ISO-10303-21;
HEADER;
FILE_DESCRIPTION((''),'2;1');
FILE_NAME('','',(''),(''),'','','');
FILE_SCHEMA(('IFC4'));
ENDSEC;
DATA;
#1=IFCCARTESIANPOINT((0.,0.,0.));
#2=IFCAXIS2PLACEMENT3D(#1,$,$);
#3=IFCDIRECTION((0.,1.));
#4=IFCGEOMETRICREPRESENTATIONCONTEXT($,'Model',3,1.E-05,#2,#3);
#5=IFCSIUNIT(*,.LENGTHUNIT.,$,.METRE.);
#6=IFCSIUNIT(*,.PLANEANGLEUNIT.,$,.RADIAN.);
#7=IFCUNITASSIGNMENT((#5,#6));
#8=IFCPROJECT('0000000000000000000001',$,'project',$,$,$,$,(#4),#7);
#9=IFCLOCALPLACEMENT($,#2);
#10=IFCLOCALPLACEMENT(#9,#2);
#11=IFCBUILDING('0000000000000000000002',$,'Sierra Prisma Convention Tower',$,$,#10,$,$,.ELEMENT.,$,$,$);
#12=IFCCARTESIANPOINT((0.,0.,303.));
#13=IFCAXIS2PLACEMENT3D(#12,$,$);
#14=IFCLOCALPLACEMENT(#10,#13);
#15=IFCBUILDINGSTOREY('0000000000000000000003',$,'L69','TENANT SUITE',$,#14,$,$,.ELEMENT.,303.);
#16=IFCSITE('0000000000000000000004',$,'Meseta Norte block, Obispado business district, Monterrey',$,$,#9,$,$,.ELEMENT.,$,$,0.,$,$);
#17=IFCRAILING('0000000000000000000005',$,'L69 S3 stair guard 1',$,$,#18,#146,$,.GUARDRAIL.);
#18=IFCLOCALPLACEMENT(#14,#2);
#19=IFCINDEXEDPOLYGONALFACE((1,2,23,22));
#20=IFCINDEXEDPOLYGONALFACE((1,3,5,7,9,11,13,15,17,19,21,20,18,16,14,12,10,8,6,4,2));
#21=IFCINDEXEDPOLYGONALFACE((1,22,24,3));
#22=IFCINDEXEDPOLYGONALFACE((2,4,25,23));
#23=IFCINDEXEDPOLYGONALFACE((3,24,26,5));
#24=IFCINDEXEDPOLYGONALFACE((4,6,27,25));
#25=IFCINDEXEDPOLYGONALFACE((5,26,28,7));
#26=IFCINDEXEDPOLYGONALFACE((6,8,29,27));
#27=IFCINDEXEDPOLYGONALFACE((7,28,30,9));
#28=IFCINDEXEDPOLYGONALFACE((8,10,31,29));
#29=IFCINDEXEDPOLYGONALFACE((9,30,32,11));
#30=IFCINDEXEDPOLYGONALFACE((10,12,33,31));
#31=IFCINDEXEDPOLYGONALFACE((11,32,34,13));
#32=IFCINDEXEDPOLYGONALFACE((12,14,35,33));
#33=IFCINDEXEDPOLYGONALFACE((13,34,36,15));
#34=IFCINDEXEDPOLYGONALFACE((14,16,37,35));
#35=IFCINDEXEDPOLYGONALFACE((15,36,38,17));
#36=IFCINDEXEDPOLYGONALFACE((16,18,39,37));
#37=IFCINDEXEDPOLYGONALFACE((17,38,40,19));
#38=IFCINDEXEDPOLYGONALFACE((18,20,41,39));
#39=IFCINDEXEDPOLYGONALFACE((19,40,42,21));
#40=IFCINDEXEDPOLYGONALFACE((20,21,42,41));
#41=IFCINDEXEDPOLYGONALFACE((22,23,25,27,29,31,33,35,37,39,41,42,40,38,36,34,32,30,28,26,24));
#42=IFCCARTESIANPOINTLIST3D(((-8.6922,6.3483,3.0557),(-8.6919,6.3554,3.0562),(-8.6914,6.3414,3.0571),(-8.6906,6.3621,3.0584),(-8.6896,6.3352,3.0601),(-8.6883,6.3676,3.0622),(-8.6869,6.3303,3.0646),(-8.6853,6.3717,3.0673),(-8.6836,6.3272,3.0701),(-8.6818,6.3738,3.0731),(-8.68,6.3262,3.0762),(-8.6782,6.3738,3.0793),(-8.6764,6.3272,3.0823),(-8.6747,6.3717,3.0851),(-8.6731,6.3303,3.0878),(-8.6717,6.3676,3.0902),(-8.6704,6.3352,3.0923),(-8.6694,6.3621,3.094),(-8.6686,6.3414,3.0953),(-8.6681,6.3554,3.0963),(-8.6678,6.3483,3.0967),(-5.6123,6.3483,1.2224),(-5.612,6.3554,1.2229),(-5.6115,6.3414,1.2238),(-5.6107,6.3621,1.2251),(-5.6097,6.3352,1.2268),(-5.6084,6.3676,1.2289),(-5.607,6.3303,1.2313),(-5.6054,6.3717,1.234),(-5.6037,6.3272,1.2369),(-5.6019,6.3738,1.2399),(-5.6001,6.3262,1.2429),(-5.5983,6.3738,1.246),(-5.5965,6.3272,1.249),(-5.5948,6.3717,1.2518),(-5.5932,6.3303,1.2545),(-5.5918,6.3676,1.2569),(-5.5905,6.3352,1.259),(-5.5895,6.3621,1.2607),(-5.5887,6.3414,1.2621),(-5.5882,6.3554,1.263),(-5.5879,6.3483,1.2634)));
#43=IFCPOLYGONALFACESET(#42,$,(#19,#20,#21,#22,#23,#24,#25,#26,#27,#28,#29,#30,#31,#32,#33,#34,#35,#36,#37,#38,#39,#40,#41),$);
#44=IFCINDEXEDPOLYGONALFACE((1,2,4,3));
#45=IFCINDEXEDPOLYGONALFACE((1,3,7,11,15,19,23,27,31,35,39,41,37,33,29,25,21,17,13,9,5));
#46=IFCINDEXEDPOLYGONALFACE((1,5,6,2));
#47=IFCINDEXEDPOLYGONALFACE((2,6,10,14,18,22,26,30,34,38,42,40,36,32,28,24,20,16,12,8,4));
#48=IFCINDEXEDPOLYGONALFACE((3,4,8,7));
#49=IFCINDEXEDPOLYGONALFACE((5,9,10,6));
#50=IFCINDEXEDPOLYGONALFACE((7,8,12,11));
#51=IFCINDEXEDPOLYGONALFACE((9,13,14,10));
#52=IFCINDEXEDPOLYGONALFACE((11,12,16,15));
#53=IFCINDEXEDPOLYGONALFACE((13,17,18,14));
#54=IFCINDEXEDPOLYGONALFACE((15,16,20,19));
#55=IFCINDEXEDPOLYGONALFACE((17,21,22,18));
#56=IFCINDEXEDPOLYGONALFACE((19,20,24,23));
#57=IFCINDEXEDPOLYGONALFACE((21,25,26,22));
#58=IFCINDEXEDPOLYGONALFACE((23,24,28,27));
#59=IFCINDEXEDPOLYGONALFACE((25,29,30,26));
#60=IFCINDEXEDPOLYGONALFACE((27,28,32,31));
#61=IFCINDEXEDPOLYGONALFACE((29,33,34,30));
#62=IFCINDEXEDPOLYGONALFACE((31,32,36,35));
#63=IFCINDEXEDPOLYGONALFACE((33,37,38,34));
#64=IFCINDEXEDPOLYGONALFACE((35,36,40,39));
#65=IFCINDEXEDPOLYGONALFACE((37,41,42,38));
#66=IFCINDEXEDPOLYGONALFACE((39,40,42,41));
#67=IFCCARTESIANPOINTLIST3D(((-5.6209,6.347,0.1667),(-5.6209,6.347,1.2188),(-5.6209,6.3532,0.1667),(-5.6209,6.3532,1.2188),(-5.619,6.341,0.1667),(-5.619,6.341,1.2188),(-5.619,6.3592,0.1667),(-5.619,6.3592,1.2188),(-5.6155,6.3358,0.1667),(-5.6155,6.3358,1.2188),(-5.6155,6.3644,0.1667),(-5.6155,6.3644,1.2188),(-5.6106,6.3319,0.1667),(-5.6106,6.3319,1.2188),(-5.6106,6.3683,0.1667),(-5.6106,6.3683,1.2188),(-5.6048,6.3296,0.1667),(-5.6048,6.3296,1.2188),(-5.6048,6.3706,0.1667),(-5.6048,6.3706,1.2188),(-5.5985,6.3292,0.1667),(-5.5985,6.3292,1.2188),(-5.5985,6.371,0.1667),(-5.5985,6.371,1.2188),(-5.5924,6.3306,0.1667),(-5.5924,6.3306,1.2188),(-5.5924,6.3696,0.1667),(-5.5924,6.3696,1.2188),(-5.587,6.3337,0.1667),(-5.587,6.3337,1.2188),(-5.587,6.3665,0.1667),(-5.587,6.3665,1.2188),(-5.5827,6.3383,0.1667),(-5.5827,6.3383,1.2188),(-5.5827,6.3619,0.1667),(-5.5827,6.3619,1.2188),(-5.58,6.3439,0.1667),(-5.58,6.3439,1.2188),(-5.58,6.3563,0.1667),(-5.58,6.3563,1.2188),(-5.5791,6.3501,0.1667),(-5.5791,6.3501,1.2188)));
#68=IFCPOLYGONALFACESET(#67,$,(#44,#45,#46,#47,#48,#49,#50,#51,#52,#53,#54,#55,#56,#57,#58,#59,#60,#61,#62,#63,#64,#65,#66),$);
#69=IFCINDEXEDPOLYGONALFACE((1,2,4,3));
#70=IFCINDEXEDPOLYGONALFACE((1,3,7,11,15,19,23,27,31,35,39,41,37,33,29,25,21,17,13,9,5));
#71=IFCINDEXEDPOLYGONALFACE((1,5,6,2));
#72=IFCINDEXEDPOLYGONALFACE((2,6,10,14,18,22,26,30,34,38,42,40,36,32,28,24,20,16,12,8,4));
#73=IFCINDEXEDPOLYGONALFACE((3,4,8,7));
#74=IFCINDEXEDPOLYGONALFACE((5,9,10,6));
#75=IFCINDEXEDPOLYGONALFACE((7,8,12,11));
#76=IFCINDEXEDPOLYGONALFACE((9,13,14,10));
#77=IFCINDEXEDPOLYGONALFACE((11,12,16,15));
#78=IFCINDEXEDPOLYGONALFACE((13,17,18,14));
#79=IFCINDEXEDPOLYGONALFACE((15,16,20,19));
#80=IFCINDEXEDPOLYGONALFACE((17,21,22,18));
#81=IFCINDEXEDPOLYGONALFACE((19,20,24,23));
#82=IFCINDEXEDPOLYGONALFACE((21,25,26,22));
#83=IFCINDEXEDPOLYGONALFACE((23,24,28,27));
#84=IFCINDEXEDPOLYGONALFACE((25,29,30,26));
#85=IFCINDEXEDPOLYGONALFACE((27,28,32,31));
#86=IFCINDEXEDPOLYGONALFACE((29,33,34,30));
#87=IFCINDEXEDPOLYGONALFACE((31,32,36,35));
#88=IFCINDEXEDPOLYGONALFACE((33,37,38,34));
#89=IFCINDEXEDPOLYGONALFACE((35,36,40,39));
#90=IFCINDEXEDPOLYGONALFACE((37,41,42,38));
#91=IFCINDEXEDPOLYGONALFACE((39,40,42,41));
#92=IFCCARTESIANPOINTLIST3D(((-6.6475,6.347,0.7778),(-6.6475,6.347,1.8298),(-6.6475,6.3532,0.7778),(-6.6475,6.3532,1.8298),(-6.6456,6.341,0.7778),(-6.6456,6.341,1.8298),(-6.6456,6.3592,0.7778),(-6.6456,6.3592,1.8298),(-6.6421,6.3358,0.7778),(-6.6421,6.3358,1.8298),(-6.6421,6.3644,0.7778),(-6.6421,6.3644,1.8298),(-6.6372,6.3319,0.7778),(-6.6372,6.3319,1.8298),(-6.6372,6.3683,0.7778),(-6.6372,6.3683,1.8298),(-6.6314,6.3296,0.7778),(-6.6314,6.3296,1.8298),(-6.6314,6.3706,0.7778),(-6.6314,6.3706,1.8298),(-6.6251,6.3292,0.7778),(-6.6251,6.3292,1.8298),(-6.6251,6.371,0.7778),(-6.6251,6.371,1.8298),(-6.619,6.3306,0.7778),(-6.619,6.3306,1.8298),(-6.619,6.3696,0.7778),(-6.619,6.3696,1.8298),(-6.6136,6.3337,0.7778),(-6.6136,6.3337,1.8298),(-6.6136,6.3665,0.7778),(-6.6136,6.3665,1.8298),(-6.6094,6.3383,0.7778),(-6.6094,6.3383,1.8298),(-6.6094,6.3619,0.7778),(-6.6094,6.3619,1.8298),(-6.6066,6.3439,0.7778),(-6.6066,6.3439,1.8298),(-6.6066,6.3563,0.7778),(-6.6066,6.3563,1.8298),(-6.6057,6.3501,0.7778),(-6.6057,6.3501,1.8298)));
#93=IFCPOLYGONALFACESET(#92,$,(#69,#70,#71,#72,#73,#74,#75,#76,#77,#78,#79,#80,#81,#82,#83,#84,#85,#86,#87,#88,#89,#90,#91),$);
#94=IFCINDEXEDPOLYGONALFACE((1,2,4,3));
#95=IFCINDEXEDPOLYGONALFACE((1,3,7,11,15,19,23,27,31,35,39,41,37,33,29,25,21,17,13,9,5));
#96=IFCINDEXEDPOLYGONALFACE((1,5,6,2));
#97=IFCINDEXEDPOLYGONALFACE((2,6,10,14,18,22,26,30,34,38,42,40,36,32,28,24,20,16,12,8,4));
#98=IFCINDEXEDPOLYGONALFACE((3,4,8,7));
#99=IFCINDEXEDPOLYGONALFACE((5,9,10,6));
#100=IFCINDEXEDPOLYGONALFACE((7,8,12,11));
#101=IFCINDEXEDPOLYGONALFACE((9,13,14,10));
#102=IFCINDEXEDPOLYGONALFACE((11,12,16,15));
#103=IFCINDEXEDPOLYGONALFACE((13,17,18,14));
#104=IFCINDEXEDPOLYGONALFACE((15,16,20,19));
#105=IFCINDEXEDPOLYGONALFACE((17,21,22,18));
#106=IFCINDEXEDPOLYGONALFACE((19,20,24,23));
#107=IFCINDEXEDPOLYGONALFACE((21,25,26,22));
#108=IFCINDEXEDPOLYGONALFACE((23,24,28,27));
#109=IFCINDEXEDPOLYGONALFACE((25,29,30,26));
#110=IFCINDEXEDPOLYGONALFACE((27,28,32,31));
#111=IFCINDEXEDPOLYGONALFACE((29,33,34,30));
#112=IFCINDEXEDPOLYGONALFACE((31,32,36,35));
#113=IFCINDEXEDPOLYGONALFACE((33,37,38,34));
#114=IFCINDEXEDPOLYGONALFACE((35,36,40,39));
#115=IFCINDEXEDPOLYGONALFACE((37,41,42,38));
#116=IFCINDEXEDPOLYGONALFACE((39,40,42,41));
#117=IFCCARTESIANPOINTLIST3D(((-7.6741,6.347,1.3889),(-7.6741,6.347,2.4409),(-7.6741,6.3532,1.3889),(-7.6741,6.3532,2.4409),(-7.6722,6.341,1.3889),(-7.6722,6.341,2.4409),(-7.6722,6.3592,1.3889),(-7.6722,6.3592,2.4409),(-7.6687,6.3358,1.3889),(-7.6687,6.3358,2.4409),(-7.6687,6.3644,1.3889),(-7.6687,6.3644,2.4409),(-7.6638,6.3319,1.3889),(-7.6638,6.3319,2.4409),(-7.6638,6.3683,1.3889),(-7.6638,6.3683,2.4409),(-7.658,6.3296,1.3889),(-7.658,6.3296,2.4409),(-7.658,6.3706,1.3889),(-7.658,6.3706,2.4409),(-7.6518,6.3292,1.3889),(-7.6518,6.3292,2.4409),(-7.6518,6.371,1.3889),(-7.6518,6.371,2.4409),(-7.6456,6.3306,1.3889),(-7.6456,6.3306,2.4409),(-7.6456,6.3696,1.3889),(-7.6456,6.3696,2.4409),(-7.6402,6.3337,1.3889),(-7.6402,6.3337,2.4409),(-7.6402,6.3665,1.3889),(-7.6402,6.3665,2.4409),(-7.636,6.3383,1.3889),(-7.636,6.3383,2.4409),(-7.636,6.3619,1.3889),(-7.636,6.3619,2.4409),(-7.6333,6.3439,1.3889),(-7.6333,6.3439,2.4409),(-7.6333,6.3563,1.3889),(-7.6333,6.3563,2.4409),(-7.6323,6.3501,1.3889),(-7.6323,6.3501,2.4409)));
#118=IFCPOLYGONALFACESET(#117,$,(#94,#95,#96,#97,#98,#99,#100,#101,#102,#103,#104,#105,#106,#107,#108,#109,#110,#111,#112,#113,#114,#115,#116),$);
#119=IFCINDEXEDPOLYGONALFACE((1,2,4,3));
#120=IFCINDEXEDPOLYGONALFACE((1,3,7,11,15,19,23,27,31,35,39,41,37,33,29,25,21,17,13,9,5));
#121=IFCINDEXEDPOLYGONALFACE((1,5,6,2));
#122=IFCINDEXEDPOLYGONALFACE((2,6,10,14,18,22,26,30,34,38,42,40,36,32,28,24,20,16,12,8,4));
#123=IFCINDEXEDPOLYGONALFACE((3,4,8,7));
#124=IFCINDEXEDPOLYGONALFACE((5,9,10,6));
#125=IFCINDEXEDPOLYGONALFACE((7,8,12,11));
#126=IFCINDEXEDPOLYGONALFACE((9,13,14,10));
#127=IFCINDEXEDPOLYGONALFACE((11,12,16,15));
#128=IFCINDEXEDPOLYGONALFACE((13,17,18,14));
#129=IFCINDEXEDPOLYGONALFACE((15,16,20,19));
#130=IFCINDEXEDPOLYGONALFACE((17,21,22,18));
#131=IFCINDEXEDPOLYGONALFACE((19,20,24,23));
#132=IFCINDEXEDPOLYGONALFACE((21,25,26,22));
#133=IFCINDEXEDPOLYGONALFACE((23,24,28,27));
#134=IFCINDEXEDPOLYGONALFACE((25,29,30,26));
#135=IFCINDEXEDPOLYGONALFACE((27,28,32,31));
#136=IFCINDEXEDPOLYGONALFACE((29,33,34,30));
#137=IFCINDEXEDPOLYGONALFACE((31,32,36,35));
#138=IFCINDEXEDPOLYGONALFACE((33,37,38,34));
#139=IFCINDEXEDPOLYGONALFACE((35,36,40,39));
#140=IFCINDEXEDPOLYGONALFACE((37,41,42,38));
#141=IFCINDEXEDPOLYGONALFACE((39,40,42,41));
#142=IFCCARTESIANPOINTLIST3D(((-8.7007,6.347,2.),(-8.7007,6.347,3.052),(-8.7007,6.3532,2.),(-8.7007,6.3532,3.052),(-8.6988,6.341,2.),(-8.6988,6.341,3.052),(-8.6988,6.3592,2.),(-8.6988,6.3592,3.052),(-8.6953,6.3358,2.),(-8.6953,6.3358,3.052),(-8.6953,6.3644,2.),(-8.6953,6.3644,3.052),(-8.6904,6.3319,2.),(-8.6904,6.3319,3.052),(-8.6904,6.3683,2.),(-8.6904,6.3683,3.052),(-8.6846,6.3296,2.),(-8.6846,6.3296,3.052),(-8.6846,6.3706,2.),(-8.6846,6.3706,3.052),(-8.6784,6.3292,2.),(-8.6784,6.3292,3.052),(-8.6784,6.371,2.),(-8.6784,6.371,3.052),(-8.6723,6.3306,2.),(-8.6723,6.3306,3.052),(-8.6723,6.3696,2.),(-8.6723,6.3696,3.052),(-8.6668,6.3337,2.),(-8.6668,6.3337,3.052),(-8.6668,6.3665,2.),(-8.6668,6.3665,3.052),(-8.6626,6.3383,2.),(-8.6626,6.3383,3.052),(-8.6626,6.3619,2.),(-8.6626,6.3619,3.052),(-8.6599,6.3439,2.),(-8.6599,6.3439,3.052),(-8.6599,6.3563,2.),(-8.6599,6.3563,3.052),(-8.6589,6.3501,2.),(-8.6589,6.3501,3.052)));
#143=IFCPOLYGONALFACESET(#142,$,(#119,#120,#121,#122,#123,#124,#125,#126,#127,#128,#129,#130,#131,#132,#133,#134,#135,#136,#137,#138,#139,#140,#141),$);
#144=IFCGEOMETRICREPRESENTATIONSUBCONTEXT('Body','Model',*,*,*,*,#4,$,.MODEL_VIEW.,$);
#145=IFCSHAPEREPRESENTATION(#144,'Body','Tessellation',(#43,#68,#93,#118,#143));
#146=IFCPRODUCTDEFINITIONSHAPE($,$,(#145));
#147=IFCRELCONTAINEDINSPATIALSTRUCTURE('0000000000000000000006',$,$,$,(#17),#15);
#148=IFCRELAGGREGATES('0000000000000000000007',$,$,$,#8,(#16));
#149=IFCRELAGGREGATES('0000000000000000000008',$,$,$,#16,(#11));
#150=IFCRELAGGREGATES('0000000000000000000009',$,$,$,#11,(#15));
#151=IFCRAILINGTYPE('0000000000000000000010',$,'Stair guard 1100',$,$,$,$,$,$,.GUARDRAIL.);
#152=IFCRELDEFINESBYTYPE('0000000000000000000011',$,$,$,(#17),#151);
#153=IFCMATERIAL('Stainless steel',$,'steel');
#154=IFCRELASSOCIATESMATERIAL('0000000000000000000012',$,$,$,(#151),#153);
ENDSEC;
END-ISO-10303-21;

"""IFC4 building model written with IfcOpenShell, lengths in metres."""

from ifc_helpers import new_model, si_unit, direction, frame, origin, origin_2d, place, context, subcontext, project, spatial, circle, extrude, material, type_object, element, save


model = new_model("IFC4")

# Units and contexts
model_context = context("Model", 3, precision=1e-05, world=origin(), true_north=direction((0.0, 1.0)))
body_context = subcontext(model_context, "Body", "Model", "MODEL_VIEW")
ifc_project = project(units=[si_unit("LENGTHUNIT", "METRE"), si_unit("PLANEANGLEUNIT", "RADIAN")], contexts=[model_context])

# Site, building, storey
site_placement = place(None, origin())
site = spatial("IfcSite", under=ifc_project, at=site_placement, Name="Meseta Norte block, Obispado business district, Monterrey", CompositionType="ELEMENT", RefElevation=0.0)
building_placement = place(site_placement, origin())
building = spatial("IfcBuilding", under=site, at=building_placement, Name="Sierra Prisma Convention Tower", CompositionType="ELEMENT")
storey_placement = place(building_placement, frame((0.0, 0.0, 303.0)))
storey = spatial("IfcBuildingStorey", under=building, at=storey_placement, Name="L69", Description="TENANT SUITE", CompositionType="ELEMENT", Elevation=303.0)

# Railing
ifc_material_1 = material(Name="Stainless steel", Category="steel")
railing_type_1 = type_object("IfcRailingType", Name="Stair guard 1100", PredefinedType="GUARDRAIL", material=ifc_material_1)
railing_1_placement = place(storey_placement, frame((-5.6001, 6.3501, 0.1667)))
element("IfcRailing", 1, at=railing_1_placement, inside=storey, type_object=railing_type_1, Name="L69 S3 stair guard 1", PredefinedType="GUARDRAIL", context=body_context, shape_type="SweptSolid", body=[
    extrude(circle(Radius=0.0239, at=origin_2d()), frame((0.0, 0.0, 1.0762), z_axis=(-0.859291, 0.0, 0.511487), x_axis=(0.0, -1.0, 0.0)), (0.0, 0.0, 1.0), 3.5842),
    extrude(circle(Radius=0.021, at=origin_2d()), origin(), (0.0, 0.0, 1.0), 1.052),
    extrude(circle(Radius=0.021, at=origin_2d()), frame((-1.0266, 0.0, 0.6111)), (0.0, 0.0, 1.0), 1.052),
    extrude(circle(Radius=0.021, at=origin_2d()), frame((-2.0532, 0.0, 1.2222)), (0.0, 0.0, 1.0), 1.052),
    extrude(circle(Radius=0.021, at=origin_2d()), frame((-3.0798, 0.0, 1.8333)), (0.0, 0.0, 1.0), 1.052),
])

save(model, "model.ifc")
